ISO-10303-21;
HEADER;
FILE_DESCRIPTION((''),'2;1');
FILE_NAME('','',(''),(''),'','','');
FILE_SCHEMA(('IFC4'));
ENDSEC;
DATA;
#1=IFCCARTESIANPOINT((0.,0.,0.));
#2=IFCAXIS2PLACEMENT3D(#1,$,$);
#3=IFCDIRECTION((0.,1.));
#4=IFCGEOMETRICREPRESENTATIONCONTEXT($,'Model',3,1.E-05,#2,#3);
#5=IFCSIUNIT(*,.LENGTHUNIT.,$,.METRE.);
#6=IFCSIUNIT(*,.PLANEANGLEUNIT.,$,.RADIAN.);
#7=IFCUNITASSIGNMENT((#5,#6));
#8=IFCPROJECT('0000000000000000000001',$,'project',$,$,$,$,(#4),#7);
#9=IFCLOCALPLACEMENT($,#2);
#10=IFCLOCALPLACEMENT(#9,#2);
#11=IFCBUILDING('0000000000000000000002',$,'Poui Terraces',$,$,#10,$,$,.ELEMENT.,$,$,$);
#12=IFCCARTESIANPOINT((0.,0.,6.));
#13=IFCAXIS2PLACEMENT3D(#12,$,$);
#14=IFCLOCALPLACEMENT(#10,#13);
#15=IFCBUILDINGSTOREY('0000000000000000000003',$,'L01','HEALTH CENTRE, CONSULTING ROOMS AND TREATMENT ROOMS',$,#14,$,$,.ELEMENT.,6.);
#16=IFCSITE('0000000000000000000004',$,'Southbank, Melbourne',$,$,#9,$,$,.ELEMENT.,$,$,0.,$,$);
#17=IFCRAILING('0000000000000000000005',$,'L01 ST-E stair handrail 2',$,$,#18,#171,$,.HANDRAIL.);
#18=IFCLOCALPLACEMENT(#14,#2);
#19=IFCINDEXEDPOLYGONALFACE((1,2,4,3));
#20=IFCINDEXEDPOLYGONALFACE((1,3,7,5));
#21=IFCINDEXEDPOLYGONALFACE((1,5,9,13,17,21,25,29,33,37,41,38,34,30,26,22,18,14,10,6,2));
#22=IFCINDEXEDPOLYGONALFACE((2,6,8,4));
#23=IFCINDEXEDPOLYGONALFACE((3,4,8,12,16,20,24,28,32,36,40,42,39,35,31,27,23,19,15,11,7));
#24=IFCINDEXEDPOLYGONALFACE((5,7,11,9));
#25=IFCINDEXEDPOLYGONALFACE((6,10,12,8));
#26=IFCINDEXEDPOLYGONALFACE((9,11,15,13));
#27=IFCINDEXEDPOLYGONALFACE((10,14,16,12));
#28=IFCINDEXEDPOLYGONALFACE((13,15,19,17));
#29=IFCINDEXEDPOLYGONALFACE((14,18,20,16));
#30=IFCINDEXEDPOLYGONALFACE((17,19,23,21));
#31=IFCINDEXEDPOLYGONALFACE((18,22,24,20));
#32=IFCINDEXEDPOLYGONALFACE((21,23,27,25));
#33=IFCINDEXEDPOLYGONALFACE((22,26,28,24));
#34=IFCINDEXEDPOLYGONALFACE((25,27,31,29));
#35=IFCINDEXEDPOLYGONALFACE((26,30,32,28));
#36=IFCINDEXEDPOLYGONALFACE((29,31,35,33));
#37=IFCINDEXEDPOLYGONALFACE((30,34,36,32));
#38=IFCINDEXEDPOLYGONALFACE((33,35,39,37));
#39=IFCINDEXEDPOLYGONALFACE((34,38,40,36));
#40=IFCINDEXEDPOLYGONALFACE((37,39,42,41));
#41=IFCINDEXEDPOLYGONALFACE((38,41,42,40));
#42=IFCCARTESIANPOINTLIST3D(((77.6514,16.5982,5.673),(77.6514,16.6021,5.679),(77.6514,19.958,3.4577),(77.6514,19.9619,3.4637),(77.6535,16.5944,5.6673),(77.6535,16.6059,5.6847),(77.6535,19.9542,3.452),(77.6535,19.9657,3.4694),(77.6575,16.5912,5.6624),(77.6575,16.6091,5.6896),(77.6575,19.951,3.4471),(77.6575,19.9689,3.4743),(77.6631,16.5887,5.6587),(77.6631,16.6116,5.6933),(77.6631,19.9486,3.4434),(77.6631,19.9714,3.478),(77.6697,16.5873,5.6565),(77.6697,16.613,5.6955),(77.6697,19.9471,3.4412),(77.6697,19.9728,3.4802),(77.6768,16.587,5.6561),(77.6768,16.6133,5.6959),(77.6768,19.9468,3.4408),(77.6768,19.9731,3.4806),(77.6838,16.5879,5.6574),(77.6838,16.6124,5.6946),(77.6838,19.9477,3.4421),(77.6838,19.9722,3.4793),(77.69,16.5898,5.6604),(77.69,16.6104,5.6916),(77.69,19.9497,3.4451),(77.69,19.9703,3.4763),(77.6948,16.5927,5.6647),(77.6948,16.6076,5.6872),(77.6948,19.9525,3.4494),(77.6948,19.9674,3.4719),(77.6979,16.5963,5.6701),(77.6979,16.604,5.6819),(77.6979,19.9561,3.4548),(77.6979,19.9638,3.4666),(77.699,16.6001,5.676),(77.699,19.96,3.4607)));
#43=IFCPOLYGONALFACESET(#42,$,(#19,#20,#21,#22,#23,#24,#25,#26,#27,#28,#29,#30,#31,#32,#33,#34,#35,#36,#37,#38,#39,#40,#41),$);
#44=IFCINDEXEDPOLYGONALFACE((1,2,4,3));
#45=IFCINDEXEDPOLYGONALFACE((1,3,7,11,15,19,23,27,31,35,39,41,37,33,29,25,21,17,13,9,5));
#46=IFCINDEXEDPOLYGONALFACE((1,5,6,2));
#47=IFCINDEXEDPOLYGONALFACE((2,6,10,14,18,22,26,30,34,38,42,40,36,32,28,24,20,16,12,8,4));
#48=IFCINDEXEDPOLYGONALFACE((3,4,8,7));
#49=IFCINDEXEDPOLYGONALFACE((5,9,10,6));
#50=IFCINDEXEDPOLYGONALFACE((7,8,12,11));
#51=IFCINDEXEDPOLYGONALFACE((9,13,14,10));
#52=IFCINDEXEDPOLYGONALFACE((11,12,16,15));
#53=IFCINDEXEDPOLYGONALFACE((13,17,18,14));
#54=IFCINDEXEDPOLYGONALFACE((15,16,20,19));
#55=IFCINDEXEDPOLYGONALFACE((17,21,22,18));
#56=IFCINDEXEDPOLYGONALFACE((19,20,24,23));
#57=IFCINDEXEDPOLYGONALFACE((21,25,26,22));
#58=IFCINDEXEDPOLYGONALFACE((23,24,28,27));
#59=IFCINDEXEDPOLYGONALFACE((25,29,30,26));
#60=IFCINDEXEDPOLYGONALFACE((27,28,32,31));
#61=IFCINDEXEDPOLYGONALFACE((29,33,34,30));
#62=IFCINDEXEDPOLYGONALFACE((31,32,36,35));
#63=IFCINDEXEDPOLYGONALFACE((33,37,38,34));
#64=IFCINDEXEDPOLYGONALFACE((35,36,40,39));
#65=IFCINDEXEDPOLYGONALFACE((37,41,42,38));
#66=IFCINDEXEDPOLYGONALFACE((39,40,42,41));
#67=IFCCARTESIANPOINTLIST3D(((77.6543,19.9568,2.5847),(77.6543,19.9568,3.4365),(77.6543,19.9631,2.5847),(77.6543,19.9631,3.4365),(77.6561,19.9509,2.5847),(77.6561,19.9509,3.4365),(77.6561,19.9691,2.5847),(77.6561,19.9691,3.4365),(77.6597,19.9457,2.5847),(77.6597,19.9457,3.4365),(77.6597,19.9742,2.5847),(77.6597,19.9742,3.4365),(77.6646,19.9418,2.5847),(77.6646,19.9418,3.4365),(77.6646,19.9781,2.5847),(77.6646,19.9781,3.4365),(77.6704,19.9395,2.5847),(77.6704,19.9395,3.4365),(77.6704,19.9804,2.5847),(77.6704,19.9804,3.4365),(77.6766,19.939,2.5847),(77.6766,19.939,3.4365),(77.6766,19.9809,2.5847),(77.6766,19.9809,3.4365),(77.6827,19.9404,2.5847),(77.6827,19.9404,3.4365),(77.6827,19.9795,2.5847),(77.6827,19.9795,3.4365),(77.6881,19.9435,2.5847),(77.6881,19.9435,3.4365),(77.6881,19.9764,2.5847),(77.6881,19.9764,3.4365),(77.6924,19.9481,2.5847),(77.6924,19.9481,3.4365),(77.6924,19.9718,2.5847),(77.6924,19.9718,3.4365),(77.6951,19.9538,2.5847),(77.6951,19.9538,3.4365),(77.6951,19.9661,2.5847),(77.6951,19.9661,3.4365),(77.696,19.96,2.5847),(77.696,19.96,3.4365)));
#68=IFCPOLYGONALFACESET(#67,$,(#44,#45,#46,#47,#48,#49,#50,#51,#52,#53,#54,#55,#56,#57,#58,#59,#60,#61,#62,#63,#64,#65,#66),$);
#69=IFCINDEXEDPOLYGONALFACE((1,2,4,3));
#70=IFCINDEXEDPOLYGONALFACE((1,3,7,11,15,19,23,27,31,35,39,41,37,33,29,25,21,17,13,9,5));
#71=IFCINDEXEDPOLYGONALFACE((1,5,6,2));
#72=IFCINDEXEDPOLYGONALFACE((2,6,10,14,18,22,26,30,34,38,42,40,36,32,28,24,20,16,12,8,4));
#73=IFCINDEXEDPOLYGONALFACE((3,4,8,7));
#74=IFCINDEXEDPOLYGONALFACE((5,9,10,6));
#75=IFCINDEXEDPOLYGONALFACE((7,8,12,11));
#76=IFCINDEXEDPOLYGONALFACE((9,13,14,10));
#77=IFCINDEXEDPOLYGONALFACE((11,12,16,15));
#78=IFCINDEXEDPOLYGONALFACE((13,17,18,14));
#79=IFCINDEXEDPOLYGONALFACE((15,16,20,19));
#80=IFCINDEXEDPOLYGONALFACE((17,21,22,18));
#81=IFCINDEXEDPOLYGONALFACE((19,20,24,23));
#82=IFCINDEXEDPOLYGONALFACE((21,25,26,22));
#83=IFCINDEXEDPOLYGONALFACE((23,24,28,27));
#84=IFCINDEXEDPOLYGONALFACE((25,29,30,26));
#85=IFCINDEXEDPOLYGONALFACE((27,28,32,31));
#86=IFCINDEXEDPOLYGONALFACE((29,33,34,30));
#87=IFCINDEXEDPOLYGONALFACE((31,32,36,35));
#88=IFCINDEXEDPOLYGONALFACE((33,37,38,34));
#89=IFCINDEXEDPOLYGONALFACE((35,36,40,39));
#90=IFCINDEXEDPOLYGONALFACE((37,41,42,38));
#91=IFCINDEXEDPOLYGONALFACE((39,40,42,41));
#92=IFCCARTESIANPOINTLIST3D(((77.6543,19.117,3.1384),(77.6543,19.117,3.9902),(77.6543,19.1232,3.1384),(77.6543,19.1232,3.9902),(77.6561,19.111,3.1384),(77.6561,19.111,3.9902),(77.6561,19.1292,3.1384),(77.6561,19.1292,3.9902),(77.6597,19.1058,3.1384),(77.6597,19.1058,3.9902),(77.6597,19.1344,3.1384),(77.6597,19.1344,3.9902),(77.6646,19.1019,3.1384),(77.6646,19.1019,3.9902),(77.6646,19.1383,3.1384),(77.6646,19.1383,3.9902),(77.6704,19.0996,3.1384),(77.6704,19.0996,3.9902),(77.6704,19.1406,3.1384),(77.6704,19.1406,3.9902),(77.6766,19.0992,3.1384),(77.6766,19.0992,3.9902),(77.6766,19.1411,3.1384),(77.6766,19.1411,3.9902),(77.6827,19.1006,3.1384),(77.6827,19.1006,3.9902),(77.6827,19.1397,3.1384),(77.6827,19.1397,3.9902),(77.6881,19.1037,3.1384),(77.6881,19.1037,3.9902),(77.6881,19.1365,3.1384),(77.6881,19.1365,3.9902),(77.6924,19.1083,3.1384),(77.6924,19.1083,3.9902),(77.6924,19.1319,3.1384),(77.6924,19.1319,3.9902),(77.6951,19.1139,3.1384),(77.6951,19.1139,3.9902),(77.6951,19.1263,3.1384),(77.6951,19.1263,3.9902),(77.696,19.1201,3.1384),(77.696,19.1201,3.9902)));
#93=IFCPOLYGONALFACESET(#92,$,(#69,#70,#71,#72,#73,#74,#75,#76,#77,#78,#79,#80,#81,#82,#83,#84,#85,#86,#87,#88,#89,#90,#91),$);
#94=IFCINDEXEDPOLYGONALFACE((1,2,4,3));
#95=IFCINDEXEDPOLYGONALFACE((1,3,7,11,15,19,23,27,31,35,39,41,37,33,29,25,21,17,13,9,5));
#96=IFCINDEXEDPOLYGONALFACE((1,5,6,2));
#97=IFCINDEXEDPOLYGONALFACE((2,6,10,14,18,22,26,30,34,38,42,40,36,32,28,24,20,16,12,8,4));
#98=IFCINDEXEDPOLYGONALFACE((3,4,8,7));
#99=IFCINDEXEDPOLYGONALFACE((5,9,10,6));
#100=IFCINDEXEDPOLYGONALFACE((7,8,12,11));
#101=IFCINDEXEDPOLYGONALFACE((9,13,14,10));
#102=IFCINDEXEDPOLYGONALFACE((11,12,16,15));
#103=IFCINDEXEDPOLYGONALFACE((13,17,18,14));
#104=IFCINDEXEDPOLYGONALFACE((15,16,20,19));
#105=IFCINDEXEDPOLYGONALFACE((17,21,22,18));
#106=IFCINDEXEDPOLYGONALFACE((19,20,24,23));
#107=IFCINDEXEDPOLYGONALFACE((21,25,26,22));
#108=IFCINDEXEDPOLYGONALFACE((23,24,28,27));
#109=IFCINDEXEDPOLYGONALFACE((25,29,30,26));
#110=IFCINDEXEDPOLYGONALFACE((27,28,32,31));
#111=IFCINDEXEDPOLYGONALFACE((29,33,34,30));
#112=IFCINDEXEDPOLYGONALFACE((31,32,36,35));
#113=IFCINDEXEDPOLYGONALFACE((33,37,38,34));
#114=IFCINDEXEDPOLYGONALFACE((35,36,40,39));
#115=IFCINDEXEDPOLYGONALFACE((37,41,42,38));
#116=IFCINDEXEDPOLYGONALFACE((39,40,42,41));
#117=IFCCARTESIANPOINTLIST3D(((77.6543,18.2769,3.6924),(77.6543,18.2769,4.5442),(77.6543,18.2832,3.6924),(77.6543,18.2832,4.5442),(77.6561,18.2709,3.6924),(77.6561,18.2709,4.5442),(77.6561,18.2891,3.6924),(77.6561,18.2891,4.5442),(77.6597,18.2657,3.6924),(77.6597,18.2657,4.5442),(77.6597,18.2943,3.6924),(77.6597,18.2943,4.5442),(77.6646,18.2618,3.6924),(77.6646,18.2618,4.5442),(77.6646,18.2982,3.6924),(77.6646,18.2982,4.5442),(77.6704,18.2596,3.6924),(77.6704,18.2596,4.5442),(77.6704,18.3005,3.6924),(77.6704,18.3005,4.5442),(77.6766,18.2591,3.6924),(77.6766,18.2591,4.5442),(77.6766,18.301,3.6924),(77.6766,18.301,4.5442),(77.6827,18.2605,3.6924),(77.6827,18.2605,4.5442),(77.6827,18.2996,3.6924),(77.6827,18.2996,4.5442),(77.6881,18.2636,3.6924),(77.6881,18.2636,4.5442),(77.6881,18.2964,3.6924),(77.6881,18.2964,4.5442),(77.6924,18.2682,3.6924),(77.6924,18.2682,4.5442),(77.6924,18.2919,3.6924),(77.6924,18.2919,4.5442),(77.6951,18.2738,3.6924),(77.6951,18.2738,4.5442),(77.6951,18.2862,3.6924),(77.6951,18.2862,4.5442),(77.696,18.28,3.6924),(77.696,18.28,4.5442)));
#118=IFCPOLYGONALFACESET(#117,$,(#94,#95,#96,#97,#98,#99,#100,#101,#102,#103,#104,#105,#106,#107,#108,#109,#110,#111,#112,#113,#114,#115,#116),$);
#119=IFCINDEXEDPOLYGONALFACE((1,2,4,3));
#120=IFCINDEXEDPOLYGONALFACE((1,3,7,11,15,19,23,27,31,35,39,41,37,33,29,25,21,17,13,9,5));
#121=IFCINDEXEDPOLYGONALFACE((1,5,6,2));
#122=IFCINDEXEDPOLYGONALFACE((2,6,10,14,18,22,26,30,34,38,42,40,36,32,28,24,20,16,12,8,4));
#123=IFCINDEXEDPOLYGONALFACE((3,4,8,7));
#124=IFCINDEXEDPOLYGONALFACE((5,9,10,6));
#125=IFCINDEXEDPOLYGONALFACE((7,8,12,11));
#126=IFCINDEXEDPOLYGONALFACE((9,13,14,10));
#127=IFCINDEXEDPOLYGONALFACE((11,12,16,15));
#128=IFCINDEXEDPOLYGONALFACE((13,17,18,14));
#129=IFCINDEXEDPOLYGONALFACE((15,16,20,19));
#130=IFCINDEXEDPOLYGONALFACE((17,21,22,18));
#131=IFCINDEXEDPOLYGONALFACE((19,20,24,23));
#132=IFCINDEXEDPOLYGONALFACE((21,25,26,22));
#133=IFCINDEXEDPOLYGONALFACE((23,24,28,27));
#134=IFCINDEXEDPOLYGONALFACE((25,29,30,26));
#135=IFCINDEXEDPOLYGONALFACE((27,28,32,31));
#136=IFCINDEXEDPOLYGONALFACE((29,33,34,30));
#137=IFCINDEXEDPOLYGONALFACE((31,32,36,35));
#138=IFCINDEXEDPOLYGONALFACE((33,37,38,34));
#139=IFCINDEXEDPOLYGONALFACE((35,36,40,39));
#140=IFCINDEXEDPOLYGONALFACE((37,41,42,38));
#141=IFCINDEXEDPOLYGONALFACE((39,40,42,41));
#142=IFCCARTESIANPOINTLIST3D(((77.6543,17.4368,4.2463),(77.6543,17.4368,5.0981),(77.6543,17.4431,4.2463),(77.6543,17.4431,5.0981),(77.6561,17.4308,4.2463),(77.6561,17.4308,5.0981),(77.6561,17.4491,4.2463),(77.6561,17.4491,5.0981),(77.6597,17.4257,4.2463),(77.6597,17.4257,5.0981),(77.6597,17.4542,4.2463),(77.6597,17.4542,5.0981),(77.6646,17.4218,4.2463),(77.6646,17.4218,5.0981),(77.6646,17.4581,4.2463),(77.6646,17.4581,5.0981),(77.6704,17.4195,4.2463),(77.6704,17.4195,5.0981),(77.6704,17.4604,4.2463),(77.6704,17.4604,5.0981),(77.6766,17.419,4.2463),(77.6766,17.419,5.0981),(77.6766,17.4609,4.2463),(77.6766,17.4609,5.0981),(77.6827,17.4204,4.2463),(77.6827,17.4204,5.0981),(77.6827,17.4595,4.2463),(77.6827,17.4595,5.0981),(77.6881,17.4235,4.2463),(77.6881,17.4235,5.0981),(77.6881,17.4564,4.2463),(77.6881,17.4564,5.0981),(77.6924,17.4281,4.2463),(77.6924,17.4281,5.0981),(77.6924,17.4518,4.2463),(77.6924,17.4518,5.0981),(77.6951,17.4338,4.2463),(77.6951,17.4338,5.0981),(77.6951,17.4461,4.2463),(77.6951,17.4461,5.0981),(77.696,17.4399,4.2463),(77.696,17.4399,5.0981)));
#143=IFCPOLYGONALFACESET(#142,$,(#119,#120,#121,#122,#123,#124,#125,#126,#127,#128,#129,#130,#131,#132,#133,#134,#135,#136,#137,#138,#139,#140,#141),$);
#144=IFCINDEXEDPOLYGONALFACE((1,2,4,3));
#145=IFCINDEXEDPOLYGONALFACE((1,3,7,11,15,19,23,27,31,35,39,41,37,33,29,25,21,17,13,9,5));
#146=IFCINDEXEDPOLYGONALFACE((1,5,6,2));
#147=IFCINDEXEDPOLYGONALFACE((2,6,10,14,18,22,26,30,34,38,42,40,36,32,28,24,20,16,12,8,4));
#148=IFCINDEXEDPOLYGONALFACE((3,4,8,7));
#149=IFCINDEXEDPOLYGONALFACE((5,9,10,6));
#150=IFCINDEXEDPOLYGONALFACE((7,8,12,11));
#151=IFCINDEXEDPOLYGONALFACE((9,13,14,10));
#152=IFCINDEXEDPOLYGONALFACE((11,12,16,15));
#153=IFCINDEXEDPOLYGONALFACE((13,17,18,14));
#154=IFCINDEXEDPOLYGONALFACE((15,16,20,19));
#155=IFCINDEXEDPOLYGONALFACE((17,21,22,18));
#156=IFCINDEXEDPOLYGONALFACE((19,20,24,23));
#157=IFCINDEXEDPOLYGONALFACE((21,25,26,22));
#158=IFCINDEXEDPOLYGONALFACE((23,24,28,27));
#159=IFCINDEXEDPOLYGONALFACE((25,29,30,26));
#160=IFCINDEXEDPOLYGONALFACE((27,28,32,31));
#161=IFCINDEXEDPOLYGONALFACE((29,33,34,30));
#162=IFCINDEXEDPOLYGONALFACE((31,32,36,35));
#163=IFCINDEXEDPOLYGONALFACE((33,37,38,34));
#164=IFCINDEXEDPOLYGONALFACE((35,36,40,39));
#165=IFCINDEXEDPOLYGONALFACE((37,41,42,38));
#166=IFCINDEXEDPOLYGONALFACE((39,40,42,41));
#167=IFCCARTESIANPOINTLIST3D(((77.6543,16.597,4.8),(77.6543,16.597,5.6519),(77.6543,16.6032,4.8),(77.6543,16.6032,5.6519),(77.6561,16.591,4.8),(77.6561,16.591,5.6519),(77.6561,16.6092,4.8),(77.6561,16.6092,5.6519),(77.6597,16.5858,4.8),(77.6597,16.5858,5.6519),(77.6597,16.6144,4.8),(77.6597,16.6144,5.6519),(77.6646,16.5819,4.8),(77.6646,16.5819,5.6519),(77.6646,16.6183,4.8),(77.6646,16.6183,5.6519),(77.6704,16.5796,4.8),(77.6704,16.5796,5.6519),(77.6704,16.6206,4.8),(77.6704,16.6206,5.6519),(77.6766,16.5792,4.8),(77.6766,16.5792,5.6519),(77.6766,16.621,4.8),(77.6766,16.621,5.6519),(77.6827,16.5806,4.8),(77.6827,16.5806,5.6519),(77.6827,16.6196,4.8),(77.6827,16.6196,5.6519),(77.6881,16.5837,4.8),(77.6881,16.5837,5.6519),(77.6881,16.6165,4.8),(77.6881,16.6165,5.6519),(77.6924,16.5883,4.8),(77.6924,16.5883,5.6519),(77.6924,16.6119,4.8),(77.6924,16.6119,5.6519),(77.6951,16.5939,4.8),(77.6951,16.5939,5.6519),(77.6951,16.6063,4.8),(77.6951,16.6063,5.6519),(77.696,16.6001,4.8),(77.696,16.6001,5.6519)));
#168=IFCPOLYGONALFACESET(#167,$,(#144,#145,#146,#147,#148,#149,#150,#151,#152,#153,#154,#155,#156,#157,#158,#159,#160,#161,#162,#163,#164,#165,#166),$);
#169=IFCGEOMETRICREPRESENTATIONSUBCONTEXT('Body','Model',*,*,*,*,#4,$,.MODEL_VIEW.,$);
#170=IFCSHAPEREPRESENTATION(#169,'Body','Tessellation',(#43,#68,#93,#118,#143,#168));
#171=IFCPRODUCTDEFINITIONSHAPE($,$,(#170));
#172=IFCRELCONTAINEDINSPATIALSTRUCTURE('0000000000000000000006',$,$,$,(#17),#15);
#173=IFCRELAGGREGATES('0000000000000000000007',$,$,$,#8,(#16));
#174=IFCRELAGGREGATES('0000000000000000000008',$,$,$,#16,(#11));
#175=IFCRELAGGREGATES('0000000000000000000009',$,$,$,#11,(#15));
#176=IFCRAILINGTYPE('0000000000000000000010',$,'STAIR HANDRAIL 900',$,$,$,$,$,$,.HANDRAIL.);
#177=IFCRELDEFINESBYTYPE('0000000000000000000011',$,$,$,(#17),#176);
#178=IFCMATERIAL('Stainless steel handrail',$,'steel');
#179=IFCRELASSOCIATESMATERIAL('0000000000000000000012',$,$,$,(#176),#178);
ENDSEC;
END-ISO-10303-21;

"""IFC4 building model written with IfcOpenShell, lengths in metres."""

from ifc_helpers import new_model, si_unit, direction, frame, origin, origin_2d, place, context, subcontext, project, spatial, circle, extrude, material, type_object, element, save


model = new_model("IFC4")

# Units and contexts
model_context = context("Model", 3, precision=1e-05, world=origin(), true_north=direction((0.0, 1.0)))
body_context = subcontext(model_context, "Body", "Model", "MODEL_VIEW")
ifc_project = project(units=[si_unit("LENGTHUNIT", "METRE"), si_unit("PLANEANGLEUNIT", "RADIAN")], contexts=[model_context])

# Site, building, storey
site_placement = place(None, origin())
site = spatial("IfcSite", under=ifc_project, at=site_placement, Name="Southbank, Melbourne", CompositionType="ELEMENT", RefElevation=0.0)
building_placement = place(site_placement, origin())
building = spatial("IfcBuilding", under=site, at=building_placement, Name="Poui Terraces", CompositionType="ELEMENT")
storey_placement = place(building_placement, frame((0.0, 0.0, 6.0)))
storey = spatial("IfcBuildingStorey", under=building, at=storey_placement, Name="L01", Description="HEALTH CENTRE, CONSULTING ROOMS AND TREATMENT ROOMS", CompositionType="ELEMENT", Elevation=6.0)

# Railing
ifc_material_1 = material(Name="Stainless steel handrail", Category="steel")
railing_type_1 = type_object("IfcRailingType", Name="STAIR HANDRAIL 900", PredefinedType="HANDRAIL", material=ifc_material_1)
railing_1_placement = place(storey_placement, frame((77.675, 19.96, 2.5847)))
element("IfcRailing", 1, at=railing_1_placement, inside=storey, type_object=railing_type_1, Name="L01 ST-E stair handrail 2", PredefinedType="HANDRAIL", context=body_context, shape_type="SweptSolid", body=[
    extrude(circle(Radius=0.0239, at=origin_2d()), frame((0.0, 0.0, 0.876), z_axis=(0.0, -0.834858, 0.550465), x_axis=(1.0, 0.0, 0.0)), (0.0, 0.0, 1.0), 4.0244),
    extrude(circle(Radius=0.021, at=origin_2d()), origin(), (0.0, 0.0, 1.0), 0.8518),
    extrude(circle(Radius=0.021, at=origin_2d()), frame((0.0, -0.8398, 0.5537)), (0.0, 0.0, 1.0), 0.8518),
    extrude(circle(Radius=0.021, at=origin_2d()), frame((0.0, -1.6799, 1.1077)), (0.0, 0.0, 1.0), 0.8518),
    extrude(circle(Radius=0.021, at=origin_2d()), frame((0.0, -2.52, 1.6616)), (0.0, 0.0, 1.0), 0.8518),
    extrude(circle(Radius=0.021, at=origin_2d()), frame((0.0, -3.3599, 2.2153)), (0.0, 0.0, 1.0), 0.8518),
])

save(model, "model.ifc")
